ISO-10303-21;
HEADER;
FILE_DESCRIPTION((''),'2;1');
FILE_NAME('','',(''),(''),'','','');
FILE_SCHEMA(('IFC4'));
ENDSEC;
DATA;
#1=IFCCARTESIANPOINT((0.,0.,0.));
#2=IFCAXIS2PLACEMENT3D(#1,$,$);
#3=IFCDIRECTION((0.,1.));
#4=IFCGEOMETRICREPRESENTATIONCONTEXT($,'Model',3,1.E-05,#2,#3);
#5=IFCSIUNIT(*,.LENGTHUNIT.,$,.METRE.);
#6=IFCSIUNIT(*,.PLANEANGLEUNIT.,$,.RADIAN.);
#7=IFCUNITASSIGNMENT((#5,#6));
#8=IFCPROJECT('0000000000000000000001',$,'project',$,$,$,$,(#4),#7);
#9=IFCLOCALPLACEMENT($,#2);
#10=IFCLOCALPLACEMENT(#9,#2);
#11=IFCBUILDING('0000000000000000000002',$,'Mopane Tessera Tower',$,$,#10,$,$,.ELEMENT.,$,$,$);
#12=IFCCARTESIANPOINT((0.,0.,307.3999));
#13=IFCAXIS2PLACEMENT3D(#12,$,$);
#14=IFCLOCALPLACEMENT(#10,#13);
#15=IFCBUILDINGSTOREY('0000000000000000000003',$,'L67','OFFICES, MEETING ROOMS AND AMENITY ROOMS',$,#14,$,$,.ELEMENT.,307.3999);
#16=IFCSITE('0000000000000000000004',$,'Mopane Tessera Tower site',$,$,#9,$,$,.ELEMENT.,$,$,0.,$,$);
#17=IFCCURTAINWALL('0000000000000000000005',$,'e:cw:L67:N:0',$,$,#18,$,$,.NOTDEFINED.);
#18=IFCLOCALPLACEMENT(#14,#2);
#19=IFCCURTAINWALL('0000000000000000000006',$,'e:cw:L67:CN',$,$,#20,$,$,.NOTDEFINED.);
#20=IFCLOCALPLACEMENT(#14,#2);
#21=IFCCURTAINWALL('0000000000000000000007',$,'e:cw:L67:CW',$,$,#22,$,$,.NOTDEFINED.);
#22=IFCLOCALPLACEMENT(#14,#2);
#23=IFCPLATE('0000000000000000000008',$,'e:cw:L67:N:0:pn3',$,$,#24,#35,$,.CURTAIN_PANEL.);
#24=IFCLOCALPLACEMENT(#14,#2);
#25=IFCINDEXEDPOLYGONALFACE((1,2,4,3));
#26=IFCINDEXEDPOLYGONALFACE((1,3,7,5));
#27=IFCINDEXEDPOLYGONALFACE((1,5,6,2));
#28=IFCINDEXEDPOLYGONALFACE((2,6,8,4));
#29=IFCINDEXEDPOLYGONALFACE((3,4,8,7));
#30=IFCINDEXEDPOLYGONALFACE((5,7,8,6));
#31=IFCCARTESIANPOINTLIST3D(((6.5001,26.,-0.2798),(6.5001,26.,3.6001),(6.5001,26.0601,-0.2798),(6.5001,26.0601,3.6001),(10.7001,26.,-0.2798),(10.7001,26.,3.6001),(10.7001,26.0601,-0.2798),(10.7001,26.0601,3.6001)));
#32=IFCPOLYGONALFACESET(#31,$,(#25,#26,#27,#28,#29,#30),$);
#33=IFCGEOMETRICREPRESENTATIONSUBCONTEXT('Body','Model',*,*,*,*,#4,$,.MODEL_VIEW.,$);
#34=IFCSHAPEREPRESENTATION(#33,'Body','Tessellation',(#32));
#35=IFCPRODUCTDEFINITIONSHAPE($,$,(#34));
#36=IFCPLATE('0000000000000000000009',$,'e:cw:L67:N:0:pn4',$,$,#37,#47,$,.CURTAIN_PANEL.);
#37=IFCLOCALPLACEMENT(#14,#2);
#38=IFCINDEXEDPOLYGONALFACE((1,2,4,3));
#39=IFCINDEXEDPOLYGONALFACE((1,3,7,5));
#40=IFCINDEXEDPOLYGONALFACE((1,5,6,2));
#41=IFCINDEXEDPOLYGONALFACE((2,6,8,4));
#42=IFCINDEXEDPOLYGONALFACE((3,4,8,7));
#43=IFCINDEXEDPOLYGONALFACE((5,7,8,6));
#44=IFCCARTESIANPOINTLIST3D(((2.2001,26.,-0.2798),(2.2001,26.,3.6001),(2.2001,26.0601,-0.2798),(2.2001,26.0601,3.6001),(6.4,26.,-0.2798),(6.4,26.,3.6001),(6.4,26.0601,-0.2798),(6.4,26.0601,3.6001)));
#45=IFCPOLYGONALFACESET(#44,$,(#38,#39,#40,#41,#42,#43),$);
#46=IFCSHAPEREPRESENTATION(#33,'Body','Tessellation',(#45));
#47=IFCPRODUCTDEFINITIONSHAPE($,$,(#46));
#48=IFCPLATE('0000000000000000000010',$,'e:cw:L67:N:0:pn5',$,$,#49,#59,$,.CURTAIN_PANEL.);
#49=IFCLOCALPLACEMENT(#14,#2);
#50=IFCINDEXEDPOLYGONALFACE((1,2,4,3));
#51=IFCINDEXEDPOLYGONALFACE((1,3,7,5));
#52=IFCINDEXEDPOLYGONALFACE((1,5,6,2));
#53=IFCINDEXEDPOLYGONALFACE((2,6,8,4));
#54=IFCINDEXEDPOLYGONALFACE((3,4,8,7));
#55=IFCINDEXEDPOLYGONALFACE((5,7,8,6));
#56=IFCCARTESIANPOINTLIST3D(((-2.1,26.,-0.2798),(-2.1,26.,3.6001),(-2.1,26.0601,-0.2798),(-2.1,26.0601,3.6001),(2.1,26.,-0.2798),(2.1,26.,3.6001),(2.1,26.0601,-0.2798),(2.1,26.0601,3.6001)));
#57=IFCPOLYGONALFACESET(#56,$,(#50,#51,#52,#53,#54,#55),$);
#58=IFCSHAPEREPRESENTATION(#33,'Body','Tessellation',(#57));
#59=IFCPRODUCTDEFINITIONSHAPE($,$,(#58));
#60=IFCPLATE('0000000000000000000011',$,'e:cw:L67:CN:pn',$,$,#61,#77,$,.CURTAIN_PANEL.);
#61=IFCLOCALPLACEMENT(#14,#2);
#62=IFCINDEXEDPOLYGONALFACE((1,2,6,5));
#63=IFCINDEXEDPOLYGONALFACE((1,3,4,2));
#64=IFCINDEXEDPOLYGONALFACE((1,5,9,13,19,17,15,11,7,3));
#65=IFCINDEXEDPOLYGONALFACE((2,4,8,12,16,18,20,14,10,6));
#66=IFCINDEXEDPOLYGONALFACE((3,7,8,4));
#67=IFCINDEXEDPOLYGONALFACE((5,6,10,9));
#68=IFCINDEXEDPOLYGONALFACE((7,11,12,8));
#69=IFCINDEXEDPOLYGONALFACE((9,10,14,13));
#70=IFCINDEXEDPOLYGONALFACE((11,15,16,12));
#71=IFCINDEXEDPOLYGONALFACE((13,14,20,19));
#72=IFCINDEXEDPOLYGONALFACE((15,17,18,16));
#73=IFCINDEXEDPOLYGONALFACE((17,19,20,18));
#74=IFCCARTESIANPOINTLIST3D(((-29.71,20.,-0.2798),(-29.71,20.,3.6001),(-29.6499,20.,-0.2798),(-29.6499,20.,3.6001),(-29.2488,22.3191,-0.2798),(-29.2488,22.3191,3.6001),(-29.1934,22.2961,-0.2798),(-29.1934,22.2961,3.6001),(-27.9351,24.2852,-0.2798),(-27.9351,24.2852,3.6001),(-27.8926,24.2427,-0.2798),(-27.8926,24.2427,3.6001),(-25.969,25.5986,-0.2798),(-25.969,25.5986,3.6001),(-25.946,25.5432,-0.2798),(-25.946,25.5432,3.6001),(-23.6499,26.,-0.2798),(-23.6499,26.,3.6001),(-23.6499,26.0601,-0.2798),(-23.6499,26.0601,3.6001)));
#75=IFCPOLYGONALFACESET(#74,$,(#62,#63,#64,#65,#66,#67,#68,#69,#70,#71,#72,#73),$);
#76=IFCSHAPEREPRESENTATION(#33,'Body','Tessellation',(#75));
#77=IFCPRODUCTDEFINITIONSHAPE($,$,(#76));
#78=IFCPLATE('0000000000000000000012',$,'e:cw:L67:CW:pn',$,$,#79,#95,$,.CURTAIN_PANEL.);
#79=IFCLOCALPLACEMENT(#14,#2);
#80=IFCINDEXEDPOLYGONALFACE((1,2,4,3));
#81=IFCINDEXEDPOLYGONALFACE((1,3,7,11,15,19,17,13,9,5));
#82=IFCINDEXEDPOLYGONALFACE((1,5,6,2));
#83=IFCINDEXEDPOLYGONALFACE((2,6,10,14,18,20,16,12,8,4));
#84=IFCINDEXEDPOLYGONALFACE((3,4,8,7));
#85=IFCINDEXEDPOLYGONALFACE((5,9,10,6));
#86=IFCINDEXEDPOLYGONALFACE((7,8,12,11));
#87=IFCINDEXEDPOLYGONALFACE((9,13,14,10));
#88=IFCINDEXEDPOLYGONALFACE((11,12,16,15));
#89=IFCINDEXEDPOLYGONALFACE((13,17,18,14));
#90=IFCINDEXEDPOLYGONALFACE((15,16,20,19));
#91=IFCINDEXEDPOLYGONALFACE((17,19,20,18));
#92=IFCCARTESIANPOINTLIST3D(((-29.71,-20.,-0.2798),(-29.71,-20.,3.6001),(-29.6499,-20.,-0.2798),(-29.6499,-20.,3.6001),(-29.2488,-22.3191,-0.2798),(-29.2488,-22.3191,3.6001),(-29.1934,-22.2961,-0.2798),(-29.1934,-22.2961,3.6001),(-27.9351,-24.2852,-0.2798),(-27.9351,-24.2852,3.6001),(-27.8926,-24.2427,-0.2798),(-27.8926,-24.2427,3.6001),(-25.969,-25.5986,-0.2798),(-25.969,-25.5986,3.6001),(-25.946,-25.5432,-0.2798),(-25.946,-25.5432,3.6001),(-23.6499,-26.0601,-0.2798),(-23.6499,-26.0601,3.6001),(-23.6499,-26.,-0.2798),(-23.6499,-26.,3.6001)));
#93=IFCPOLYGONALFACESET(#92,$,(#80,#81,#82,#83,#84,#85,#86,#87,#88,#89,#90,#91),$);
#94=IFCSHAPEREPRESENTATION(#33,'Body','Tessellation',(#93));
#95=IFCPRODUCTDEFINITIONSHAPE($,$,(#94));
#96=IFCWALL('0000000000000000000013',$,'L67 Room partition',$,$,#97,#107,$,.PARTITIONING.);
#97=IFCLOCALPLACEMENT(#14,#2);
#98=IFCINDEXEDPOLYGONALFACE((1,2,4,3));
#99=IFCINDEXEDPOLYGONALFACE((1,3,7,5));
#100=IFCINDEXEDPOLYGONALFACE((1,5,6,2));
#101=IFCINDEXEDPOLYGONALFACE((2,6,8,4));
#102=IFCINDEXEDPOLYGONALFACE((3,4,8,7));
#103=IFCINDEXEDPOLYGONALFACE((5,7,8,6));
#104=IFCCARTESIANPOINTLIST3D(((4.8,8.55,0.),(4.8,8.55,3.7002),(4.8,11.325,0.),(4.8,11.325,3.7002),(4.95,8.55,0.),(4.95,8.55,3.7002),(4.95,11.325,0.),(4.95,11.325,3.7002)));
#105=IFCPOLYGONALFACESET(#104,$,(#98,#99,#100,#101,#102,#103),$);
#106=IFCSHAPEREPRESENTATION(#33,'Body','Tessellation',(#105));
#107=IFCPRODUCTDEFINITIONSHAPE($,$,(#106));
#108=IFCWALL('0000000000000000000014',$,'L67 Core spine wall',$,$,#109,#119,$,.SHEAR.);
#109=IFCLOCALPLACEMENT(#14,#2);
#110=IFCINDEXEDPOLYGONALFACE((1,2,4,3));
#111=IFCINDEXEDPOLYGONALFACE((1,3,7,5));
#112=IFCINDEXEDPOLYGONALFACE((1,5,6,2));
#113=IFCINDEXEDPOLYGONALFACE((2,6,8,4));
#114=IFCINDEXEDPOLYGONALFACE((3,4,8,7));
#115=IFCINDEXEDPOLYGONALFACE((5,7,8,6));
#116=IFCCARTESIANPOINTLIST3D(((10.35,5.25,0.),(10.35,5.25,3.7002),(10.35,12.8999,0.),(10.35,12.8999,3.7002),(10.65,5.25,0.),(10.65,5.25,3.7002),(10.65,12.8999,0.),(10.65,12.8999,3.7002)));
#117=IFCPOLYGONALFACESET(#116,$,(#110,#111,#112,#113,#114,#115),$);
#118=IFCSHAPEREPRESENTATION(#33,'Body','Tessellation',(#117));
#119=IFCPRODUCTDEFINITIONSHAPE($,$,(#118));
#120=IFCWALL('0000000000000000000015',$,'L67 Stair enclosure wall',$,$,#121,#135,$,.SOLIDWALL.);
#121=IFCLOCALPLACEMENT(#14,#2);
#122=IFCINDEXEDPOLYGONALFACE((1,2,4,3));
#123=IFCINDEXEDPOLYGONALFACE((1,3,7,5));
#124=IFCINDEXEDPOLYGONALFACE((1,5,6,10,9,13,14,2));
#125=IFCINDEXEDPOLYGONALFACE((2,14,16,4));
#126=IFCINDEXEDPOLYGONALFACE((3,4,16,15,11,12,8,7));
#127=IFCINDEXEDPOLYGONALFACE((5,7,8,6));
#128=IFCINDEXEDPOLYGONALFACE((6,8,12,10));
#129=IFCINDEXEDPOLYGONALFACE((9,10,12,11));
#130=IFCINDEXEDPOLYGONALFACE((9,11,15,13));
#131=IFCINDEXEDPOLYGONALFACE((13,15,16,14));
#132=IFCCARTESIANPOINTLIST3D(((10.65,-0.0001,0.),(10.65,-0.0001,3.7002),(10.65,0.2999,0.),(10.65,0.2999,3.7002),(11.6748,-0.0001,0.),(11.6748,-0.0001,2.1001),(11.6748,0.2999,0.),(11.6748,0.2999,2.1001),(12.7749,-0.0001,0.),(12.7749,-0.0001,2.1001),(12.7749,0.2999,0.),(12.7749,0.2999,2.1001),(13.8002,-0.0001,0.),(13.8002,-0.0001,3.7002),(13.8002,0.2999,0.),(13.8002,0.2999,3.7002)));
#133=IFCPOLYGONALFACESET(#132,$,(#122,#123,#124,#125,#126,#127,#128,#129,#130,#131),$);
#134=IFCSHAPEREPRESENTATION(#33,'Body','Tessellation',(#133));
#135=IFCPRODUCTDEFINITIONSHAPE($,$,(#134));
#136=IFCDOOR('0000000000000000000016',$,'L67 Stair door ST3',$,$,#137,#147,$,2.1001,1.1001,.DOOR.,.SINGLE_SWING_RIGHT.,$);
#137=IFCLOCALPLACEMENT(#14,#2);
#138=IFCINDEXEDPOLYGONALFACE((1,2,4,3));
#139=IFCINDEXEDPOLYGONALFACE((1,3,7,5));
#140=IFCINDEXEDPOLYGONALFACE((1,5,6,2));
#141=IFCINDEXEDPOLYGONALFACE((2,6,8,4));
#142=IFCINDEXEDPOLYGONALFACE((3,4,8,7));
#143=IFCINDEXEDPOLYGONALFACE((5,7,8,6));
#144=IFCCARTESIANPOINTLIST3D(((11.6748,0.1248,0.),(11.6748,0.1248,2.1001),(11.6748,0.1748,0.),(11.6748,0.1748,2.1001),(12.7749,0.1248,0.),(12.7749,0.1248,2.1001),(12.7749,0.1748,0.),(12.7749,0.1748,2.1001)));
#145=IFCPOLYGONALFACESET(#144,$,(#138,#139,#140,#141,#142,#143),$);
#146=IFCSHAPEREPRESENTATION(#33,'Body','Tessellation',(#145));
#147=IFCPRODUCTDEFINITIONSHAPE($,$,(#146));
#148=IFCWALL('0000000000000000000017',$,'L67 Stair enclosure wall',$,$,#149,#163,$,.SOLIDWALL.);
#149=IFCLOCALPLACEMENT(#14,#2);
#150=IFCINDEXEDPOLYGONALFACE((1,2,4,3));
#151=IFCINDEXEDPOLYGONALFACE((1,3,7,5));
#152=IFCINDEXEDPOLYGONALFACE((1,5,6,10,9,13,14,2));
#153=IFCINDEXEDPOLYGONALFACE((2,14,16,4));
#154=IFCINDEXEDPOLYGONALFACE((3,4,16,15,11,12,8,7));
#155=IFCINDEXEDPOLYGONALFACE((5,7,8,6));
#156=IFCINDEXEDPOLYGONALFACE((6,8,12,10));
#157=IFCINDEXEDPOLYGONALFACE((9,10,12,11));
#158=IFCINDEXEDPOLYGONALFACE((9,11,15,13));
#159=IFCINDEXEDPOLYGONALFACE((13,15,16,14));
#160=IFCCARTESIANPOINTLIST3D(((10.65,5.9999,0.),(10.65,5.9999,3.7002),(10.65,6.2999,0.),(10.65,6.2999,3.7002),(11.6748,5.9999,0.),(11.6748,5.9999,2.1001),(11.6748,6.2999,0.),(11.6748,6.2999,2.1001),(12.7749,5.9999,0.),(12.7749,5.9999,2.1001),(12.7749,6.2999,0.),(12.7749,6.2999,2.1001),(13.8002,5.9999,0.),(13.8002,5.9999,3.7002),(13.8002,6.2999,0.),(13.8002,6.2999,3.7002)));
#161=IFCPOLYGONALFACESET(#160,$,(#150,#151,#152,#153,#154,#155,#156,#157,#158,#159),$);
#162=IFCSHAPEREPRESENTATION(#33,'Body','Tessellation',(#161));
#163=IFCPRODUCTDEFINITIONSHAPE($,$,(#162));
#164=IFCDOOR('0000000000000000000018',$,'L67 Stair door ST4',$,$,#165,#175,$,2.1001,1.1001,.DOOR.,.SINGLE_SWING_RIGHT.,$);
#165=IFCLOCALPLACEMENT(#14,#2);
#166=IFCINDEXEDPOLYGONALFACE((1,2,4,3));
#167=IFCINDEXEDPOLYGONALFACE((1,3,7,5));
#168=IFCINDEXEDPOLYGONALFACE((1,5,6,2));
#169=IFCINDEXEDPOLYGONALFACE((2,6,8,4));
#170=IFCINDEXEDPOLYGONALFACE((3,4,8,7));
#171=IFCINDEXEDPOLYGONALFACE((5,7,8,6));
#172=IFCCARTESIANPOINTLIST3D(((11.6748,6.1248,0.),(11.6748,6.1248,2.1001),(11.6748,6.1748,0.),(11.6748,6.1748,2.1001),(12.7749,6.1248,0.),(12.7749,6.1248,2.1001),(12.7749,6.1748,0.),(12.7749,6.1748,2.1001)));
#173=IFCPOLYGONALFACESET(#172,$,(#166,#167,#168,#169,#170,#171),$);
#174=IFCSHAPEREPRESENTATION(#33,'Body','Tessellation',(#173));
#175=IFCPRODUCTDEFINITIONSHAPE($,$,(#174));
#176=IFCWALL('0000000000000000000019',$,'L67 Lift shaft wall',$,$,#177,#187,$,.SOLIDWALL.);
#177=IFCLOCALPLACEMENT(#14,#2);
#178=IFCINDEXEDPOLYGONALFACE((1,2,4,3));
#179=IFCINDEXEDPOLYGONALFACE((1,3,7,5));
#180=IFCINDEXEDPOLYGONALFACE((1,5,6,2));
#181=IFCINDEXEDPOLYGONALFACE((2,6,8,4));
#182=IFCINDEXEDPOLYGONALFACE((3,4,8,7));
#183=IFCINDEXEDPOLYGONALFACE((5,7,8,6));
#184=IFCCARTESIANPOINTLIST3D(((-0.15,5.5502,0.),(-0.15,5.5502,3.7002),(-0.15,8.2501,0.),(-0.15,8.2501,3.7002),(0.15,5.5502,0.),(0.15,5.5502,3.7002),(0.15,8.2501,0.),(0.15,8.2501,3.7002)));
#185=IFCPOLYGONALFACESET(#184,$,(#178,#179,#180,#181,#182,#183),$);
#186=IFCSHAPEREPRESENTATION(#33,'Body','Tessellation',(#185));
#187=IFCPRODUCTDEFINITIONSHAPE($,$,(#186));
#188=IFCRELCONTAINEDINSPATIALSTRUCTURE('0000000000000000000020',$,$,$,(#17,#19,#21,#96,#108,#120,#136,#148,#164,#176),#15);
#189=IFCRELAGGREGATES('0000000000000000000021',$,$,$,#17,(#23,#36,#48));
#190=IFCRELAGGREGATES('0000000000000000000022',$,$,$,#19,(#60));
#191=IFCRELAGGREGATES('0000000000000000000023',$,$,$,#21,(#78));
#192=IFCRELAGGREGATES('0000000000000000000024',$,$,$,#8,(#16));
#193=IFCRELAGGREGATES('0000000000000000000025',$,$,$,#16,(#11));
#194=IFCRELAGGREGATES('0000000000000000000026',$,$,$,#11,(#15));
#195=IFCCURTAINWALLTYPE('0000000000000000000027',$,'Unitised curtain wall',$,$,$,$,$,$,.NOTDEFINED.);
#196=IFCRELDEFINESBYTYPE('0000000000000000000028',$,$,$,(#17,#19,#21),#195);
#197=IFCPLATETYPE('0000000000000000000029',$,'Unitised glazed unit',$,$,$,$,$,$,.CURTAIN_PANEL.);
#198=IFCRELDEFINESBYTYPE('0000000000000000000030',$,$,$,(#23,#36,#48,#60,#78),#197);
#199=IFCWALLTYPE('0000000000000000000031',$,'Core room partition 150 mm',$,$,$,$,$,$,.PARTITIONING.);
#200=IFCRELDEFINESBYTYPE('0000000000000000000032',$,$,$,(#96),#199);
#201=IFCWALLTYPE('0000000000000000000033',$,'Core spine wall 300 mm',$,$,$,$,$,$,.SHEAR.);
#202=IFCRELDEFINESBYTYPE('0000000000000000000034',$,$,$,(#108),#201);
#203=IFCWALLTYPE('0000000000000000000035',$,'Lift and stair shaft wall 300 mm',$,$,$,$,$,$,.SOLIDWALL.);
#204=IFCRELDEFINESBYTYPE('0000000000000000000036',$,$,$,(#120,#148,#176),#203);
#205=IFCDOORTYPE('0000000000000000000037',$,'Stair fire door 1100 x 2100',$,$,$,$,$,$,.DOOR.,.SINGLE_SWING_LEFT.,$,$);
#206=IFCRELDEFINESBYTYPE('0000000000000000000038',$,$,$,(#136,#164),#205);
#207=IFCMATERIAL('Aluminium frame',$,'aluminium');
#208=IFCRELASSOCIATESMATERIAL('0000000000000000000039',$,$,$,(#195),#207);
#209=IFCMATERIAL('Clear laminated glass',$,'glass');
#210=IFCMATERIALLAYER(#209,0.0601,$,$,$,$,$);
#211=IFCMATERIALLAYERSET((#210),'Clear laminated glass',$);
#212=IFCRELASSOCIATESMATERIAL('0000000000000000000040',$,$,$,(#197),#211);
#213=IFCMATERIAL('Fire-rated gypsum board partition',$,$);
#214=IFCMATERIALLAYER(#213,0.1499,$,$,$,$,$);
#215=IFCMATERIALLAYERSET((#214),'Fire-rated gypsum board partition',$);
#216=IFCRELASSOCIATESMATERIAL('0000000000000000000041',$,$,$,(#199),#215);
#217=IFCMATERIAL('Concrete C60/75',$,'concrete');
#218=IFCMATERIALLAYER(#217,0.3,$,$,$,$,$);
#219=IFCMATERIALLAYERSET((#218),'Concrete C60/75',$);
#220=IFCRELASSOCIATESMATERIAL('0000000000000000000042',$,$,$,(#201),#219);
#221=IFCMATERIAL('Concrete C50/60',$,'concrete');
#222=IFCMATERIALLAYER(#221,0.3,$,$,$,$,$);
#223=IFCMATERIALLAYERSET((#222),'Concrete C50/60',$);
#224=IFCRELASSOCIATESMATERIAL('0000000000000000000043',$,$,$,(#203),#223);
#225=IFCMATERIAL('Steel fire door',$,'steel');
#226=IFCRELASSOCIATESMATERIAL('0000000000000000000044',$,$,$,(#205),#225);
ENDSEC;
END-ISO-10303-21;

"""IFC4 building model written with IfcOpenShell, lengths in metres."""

from ifc_helpers import new_model, si_unit, direction, frame, frame_2d, origin, origin_2d, place, context, subcontext, project, spatial, polyline, rectangle, outline, extrude, material, layer, layer_set, type_object, element, fill, aggregate, save


model = new_model("IFC4")

# Units and contexts
model_context = context("Model", 3, precision=1e-05, world=origin(), true_north=direction((0.0, 1.0)))
body_context = subcontext(model_context, "Body", "Model", "MODEL_VIEW")
ifc_project = project(units=[si_unit("LENGTHUNIT", "METRE"), si_unit("PLANEANGLEUNIT", "RADIAN")], contexts=[model_context])

# Site, building, storey
site_placement = place(None, origin())
site = spatial("IfcSite", under=ifc_project, at=site_placement, Name="Mopane Tessera Tower site", CompositionType="ELEMENT", RefElevation=0.0)
building_placement = place(site_placement, origin())
building = spatial("IfcBuilding", under=site, at=building_placement, Name="Mopane Tessera Tower", CompositionType="ELEMENT")
storey_placement = place(building_placement, frame((0.0, 0.0, 307.3999)))
storey = spatial("IfcBuildingStorey", under=building, at=storey_placement, Name="L67", Description="OFFICES, MEETING ROOMS AND AMENITY ROOMS", CompositionType="ELEMENT", Elevation=307.3999)

# Curtain wall
ifc_material_1 = material(Name="Aluminium frame", Category="aluminium")
curtain_wall_type = type_object("IfcCurtainWallType", Name="Unitised curtain wall", PredefinedType="NOTDEFINED", material=ifc_material_1)
curtain_wall_1_placement = place(storey_placement, origin())
curtain_wall_1 = element("IfcCurtainWall", 1, at=curtain_wall_1_placement, inside=storey, type_object=curtain_wall_type, Name="e:cw:L67:N:0", PredefinedType="NOTDEFINED")

# Curtain walls
curtain_wall_2_placement = place(storey_placement, origin())
curtain_wall_2 = element("IfcCurtainWall", 2, at=curtain_wall_2_placement, inside=storey, type_object=curtain_wall_type, Name="e:cw:L67:CN", PredefinedType="NOTDEFINED")
curtain_wall_3_placement = place(storey_placement, origin())
curtain_wall_3 = element("IfcCurtainWall", 3, at=curtain_wall_3_placement, inside=storey, type_object=curtain_wall_type, Name="e:cw:L67:CW", PredefinedType="NOTDEFINED")

# Shared definitions
ifc_material_2 = material(Name="Clear laminated glass", Category="glass")
ifc_layer_1 = layer(ifc_material_2, 0.0601)
ifc_layer_set_1 = layer_set([ifc_layer_1], Name="Clear laminated glass")
plate_type = type_object("IfcPlateType", Name="Unitised glazed unit", PredefinedType="CURTAIN_PANEL", material=ifc_layer_set_1)

# Plates
plate_1_placement = place(storey_placement, frame((8.6001, 26.03, -0.2798), z_axis=(0.0, 0.0, 1.0), x_axis=(-1.0, 0.0, 0.0)))
plate_1 = element("IfcPlate", 4, at=plate_1_placement, type_object=plate_type, Name="e:cw:L67:N:0:pn3", PredefinedType="CURTAIN_PANEL", context=body_context, shape_type="SweptSolid", body=[
    extrude(rectangle(XDim=4.2, YDim=0.0601, at=origin_2d()), origin(), (0.0, 0.0, 1.0), 3.8799),
])
plate_2_placement = place(storey_placement, frame((4.3, 26.03, -0.2798), z_axis=(0.0, 0.0, 1.0), x_axis=(-1.0, 0.0, 0.0)))
plate_2 = element("IfcPlate", 5, at=plate_2_placement, type_object=plate_type, Name="e:cw:L67:N:0:pn4", PredefinedType="CURTAIN_PANEL", context=body_context, shape_type="SweptSolid", body=[
    extrude(rectangle(XDim=4.2, YDim=0.0601, at=origin_2d()), origin(), (0.0, 0.0, 1.0), 3.8799),
])
plate_3_placement = place(storey_placement, frame((0.0, 26.03, -0.2798), z_axis=(0.0, 0.0, 1.0), x_axis=(-1.0, 0.0, 0.0)))
plate_3 = element("IfcPlate", 6, at=plate_3_placement, type_object=plate_type, Name="e:cw:L67:N:0:pn5", PredefinedType="CURTAIN_PANEL", context=body_context, shape_type="SweptSolid", body=[
    extrude(rectangle(XDim=4.2, YDim=0.0601, at=origin_2d()), origin(), (0.0, 0.0, 1.0), 3.8799),
])
aggregate(curtain_wall_1, [plate_1, plate_2, plate_3])
plate_4_placement = place(storey_placement, frame((0.0, 0.0, -0.2798)))
plate_4 = element("IfcPlate", 7, at=plate_4_placement, type_object=plate_type, Name="e:cw:L67:CN:pn", PredefinedType="CURTAIN_PANEL", context=body_context, shape_type="SweptSolid", body=[
    extrude(outline(polyline([(-23.6499, 26.0), (-25.946, 25.5432), (-27.8926, 24.2427), (-29.1934, 22.2961), (-29.6499, 20.0), (-29.71, 20.0), (-29.2488, 22.3191), (-27.9351, 24.2852), (-25.969, 25.5986), (-23.6499, 26.0601), (-23.6499, 26.0)])), origin(), (0.0, 0.0, 1.0), 3.8799),
])
aggregate(curtain_wall_2, [plate_4])
plate_5_placement = place(storey_placement, frame((0.0, 0.0, -0.2798)))
plate_5 = element("IfcPlate", 8, at=plate_5_placement, type_object=plate_type, Name="e:cw:L67:CW:pn", PredefinedType="CURTAIN_PANEL", context=body_context, shape_type="SweptSolid", body=[
    extrude(outline(polyline([(-29.6499, -20.0), (-29.1934, -22.2961), (-27.8926, -24.2427), (-25.946, -25.5432), (-23.6499, -26.0), (-23.6499, -26.0601), (-25.969, -25.5986), (-27.9351, -24.2852), (-29.2488, -22.3191), (-29.71, -20.0), (-29.6499, -20.0)])), origin(), (0.0, 0.0, 1.0), 3.8799),
])
aggregate(curtain_wall_3, [plate_5])

# Walls
ifc_material_3 = material(Name="Fire-rated gypsum board partition")
ifc_layer_2 = layer(ifc_material_3, 0.1499)
ifc_layer_set_2 = layer_set([ifc_layer_2], Name="Fire-rated gypsum board partition")
wall_type_1 = type_object("IfcWallType", Name="Core room partition 150 mm", PredefinedType="PARTITIONING", material=ifc_layer_set_2)
wall_1_placement = place(storey_placement, frame((4.875, 8.55, 0.0), z_axis=(0.0, 0.0, 1.0), x_axis=(0.0, 1.0, 0.0)))
element("IfcWall", 9, at=wall_1_placement, inside=storey, type_object=wall_type_1, Name="L67 Room partition", PredefinedType="PARTITIONING", context=body_context, shape_type="SweptSolid", body=[
    extrude(rectangle(XDim=2.7749, YDim=0.1499, at=frame_2d((1.3875, 0.0))), origin(), (0.0, 0.0, 1.0), 3.7002),
])
ifc_material_4 = material(Name="Concrete C60/75", Category="concrete")
ifc_layer_3 = layer(ifc_material_4, 0.3)
ifc_layer_set_3 = layer_set([ifc_layer_3], Name="Concrete C60/75")
wall_type_2 = type_object("IfcWallType", Name="Core spine wall 300 mm", PredefinedType="SHEAR", material=ifc_layer_set_3)
wall_2_placement = place(storey_placement, frame((10.5, 5.25, 0.0), z_axis=(0.0, 0.0, 1.0), x_axis=(0.0, 1.0, 0.0)))
element("IfcWall", 10, at=wall_2_placement, inside=storey, type_object=wall_type_2, Name="L67 Core spine wall", PredefinedType="SHEAR", context=body_context, shape_type="SweptSolid", body=[
    extrude(rectangle(XDim=7.6499, YDim=0.3, at=frame_2d((3.825, 0.0))), origin(), (0.0, 0.0, 1.0), 3.7002),
])

# Walls, openings, doors
ifc_material_5 = material(Name="Concrete C50/60", Category="concrete")
ifc_layer_4 = layer(ifc_material_5, 0.3)
ifc_layer_set_4 = layer_set([ifc_layer_4], Name="Concrete C50/60")
wall_type_3 = type_object("IfcWallType", Name="Lift and stair shaft wall 300 mm", PredefinedType="SOLIDWALL", material=ifc_layer_set_4)
wall_3_placement = place(storey_placement, frame((10.6499, 0.1499, 0.0), z_axis=(0.0, 0.0, 1.0), x_axis=(1.0, 0.0, 0.0)))
wall_3 = element("IfcWall", 11, at=wall_3_placement, inside=storey, type_object=wall_type_3, Name="L67 Stair enclosure wall", PredefinedType="SOLIDWALL", context=body_context, shape_type="SweptSolid", body=[
    extrude(rectangle(XDim=3.1501, YDim=0.3, at=frame_2d((1.5752, 0.0))), origin(), (0.0, 0.0, 1.0), 3.7002),
])
opening_1_placement = place(wall_3_placement, frame((1.0249, 0.0, 0.0)))
opening_1 = element("IfcOpeningElement", 12, at=opening_1_placement, cuts=wall_3, PredefinedType="OPENING", context=body_context, shape_type="SweptSolid", body=[
    extrude(rectangle(XDim=1.1001, YDim=2.1001, at=frame_2d((0.55, 1.05))), frame((0.0, 0.1621, 0.0), z_axis=(0.0, -1.0, 0.0), x_axis=(1.0, 0.0, 0.0)), (0.0, 0.0, 1.0), 0.324),
])
ifc_material_6 = material(Name="Steel fire door", Category="steel")
door_type = type_object("IfcDoorType", Name="Stair fire door 1100 x 2100", OperationType="SINGLE_SWING_LEFT", PredefinedType="DOOR", material=ifc_material_6)
door_1_placement = place(opening_1_placement, origin())
door_1 = element("IfcDoor", 13, at=door_1_placement, inside=storey, type_object=door_type, Name="L67 Stair door ST3", OperationType="SINGLE_SWING_RIGHT", OverallHeight=2.1001, OverallWidth=1.1001, PredefinedType="DOOR", context=body_context, shape_type="SweptSolid", body=[
    extrude(rectangle(XDim=1.1001, YDim=2.1001, at=frame_2d((0.55, 1.05))), frame((0.0, 0.0249, 0.0), z_axis=(0.0, -1.0, 0.0), x_axis=(1.0, 0.0, 0.0)), (0.0, 0.0, 1.0), 0.05),
])
fill(opening_1, door_1)
wall_4_placement = place(storey_placement, frame((10.6499, 6.1499, 0.0), z_axis=(0.0, 0.0, 1.0), x_axis=(1.0, 0.0, 0.0)))
wall_4 = element("IfcWall", 14, at=wall_4_placement, inside=storey, type_object=wall_type_3, Name="L67 Stair enclosure wall", PredefinedType="SOLIDWALL", context=body_context, shape_type="SweptSolid", body=[
    extrude(rectangle(XDim=3.1501, YDim=0.3, at=frame_2d((1.5752, 0.0))), origin(), (0.0, 0.0, 1.0), 3.7002),
])
opening_2_placement = place(wall_4_placement, frame((1.0249, 0.0, 0.0)))
opening_2 = element("IfcOpeningElement", 15, at=opening_2_placement, cuts=wall_4, PredefinedType="OPENING", context=body_context, shape_type="SweptSolid", body=[
    extrude(rectangle(XDim=1.1001, YDim=2.1001, at=frame_2d((0.55, 1.05))), frame((0.0, 0.1621, 0.0), z_axis=(0.0, -1.0, 0.0), x_axis=(1.0, 0.0, 0.0)), (0.0, 0.0, 1.0), 0.324),
])
door_2_placement = place(opening_2_placement, origin())
door_2 = element("IfcDoor", 16, at=door_2_placement, inside=storey, type_object=door_type, Name="L67 Stair door ST4", OperationType="SINGLE_SWING_RIGHT", OverallHeight=2.1001, OverallWidth=1.1001, PredefinedType="DOOR", context=body_context, shape_type="SweptSolid", body=[
    extrude(rectangle(XDim=1.1001, YDim=2.1001, at=frame_2d((0.55, 1.05))), frame((0.0, 0.0249, 0.0), z_axis=(0.0, -1.0, 0.0), x_axis=(1.0, 0.0, 0.0)), (0.0, 0.0, 1.0), 0.05),
])
fill(opening_2, door_2)

# Wall
for number, where, z_axis, x_axis, name in (
    (17, (0.0, 5.55, 0.0), (0.0, 0.0, 1.0), (0.0, 1.0, 0.0), "L67 Lift shaft wall"),
):
    element("IfcWall", number, at=place(storey_placement, frame(where, z_axis=z_axis, x_axis=x_axis)), inside=storey, type_object=wall_type_3, Name=name, PredefinedType="SOLIDWALL", context=body_context, shape_type="SweptSolid", body=[
        extrude(rectangle(XDim=2.7, YDim=0.3, at=frame_2d((1.3501, 0.0))), origin(), (0.0, 0.0, 1.0), 3.7002),
    ])

save(model, "model.ifc")
